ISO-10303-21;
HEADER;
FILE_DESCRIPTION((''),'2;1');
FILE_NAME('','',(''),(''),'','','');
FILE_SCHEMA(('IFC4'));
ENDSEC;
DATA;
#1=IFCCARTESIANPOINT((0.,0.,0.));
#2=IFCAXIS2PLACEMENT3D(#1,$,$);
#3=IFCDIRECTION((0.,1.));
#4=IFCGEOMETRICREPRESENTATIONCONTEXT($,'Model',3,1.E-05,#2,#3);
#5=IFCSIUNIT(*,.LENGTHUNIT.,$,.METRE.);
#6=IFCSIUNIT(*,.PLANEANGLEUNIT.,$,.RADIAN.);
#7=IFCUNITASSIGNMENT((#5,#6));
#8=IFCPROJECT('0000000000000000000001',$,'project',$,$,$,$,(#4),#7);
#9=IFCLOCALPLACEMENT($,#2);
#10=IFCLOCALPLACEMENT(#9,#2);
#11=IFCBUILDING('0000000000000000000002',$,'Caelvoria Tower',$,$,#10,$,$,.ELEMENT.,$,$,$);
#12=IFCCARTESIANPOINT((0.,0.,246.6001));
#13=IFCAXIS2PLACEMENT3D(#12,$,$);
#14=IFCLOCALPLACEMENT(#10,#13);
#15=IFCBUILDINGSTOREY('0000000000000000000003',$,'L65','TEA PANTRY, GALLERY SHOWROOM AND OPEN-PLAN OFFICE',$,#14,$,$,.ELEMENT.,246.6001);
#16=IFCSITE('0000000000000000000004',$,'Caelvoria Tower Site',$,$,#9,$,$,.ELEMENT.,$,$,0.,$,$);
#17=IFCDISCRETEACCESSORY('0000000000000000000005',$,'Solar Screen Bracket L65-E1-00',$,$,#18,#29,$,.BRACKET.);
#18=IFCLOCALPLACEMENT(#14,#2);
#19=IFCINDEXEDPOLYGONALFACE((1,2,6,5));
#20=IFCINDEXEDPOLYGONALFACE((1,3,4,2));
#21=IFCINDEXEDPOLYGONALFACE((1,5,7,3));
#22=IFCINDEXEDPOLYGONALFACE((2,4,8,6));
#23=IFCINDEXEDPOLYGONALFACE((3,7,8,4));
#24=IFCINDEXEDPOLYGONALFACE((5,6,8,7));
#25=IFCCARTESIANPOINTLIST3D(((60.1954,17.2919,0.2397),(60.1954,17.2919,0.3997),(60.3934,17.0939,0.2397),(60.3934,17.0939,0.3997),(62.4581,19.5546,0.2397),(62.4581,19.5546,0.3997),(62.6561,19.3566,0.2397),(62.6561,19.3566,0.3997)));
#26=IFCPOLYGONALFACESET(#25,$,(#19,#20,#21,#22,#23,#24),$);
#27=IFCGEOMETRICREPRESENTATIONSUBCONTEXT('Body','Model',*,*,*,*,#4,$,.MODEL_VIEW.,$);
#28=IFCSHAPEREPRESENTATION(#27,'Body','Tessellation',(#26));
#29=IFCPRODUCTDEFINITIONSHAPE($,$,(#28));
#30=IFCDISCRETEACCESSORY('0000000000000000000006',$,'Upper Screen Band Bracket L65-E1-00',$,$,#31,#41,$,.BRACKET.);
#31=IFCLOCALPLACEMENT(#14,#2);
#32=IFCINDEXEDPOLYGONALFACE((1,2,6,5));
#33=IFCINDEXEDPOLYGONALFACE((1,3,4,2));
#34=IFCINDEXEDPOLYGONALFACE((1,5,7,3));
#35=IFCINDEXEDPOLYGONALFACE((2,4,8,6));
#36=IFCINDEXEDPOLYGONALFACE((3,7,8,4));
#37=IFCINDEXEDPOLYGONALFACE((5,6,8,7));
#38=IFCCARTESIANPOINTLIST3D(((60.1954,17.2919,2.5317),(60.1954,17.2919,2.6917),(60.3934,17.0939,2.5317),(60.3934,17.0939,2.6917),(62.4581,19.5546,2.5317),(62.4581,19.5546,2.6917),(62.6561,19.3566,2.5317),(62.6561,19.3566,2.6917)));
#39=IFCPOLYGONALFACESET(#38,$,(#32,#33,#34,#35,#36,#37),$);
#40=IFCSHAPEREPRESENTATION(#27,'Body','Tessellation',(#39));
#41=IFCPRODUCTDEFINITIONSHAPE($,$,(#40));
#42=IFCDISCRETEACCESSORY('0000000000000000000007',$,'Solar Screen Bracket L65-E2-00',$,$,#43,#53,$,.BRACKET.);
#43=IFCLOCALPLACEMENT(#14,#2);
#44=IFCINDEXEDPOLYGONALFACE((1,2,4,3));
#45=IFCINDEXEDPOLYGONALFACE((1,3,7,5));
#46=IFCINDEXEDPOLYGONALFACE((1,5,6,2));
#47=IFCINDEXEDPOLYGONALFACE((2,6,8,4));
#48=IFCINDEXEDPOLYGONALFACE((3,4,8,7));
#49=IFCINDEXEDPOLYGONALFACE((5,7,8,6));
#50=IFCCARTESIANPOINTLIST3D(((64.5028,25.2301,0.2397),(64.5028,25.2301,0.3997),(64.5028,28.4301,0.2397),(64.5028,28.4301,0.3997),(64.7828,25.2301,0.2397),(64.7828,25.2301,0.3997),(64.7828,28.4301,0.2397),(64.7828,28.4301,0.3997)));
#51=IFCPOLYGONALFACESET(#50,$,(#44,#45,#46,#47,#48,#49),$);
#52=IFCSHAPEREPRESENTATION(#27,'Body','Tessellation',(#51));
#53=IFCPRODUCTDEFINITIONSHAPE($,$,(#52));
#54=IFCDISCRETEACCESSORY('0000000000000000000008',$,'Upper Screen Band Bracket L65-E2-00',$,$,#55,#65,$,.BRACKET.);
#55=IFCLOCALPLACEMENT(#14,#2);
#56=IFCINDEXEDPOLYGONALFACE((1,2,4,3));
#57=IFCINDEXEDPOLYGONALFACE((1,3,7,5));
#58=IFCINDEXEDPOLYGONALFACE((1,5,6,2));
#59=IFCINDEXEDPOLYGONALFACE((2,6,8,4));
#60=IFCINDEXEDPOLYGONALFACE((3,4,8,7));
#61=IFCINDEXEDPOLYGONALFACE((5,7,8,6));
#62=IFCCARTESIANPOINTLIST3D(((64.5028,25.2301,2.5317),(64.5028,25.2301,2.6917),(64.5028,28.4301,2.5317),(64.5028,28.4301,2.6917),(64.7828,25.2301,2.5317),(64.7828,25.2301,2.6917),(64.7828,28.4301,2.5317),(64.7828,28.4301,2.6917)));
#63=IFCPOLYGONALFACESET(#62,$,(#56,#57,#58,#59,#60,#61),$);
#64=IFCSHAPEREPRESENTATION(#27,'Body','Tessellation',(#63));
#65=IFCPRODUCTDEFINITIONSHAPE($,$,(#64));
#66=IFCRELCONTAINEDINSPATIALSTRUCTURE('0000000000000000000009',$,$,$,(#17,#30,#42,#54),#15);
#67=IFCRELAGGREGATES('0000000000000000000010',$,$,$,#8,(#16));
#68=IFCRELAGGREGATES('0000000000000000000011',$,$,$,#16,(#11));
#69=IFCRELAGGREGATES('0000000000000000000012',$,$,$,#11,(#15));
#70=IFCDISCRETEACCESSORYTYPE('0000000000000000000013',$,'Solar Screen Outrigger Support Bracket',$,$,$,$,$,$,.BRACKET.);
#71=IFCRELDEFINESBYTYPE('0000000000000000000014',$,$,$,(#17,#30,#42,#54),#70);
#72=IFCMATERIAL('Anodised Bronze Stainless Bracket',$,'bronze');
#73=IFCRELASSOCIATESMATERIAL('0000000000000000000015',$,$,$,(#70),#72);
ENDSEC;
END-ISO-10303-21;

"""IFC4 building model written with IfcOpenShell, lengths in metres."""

from ifc_helpers import new_model, si_unit, direction, frame, origin, origin_2d, place, context, subcontext, project, spatial, rectangle, extrude, material, type_object, element, save


model = new_model("IFC4")

# Units and contexts
model_context = context("Model", 3, precision=1e-05, world=origin(), true_north=direction((0.0, 1.0)))
body_context = subcontext(model_context, "Body", "Model", "MODEL_VIEW")
ifc_project = project(units=[si_unit("LENGTHUNIT", "METRE"), si_unit("PLANEANGLEUNIT", "RADIAN")], contexts=[model_context])

# Site, building, storey
site_placement = place(None, origin())
site = spatial("IfcSite", under=ifc_project, at=site_placement, Name="Caelvoria Tower Site", CompositionType="ELEMENT", RefElevation=0.0)
building_placement = place(site_placement, origin())
building = spatial("IfcBuilding", under=site, at=building_placement, Name="Caelvoria Tower", CompositionType="ELEMENT")
storey_placement = place(building_placement, frame((0.0, 0.0, 246.6001)))
storey = spatial("IfcBuildingStorey", under=building, at=storey_placement, Name="L65", Description="TEA PANTRY, GALLERY SHOWROOM AND OPEN-PLAN OFFICE", CompositionType="ELEMENT", Elevation=246.6001)

# Discrete accessories
ifc_material_1 = material(Name="Anodised Bronze Stainless Bracket", Category="bronze")
discrete_accessory_type = type_object("IfcDiscreteAccessoryType", Name="Solar Screen Outrigger Support Bracket", PredefinedType="BRACKET", material=ifc_material_1)
for number, where, z_axis, x_axis, name in (
    (1, (61.4258, 18.3242, 0.2397), (0.0, 0.0, 1.0), (0.707107, 0.707107, 0.0), "Solar Screen Bracket L65-E1-00"),
    (2, (61.4258, 18.3242, 2.5317), (0.0, 0.0, 1.0), (0.707107, 0.707107, 0.0), "Upper Screen Band Bracket L65-E1-00"),
    (3, (64.6428, 26.8301, 0.2397), (0.0, 0.0, 1.0), (0.0, 1.0, 0.0), "Solar Screen Bracket L65-E2-00"),
    (4, (64.6428, 26.8301, 2.5317), (0.0, 0.0, 1.0), (0.0, 1.0, 0.0), "Upper Screen Band Bracket L65-E2-00"),
):
    element("IfcDiscreteAccessory", number, at=place(storey_placement, frame(where, z_axis=z_axis, x_axis=x_axis)), inside=storey, type_object=discrete_accessory_type, Name=name, PredefinedType="BRACKET", context=body_context, shape_type="SweptSolid", body=[
        extrude(rectangle(XDim=3.2, YDim=0.28, at=origin_2d()), origin(), (0.0, 0.0, 1.0), 0.1599),
    ])

save(model, "model.ifc")
